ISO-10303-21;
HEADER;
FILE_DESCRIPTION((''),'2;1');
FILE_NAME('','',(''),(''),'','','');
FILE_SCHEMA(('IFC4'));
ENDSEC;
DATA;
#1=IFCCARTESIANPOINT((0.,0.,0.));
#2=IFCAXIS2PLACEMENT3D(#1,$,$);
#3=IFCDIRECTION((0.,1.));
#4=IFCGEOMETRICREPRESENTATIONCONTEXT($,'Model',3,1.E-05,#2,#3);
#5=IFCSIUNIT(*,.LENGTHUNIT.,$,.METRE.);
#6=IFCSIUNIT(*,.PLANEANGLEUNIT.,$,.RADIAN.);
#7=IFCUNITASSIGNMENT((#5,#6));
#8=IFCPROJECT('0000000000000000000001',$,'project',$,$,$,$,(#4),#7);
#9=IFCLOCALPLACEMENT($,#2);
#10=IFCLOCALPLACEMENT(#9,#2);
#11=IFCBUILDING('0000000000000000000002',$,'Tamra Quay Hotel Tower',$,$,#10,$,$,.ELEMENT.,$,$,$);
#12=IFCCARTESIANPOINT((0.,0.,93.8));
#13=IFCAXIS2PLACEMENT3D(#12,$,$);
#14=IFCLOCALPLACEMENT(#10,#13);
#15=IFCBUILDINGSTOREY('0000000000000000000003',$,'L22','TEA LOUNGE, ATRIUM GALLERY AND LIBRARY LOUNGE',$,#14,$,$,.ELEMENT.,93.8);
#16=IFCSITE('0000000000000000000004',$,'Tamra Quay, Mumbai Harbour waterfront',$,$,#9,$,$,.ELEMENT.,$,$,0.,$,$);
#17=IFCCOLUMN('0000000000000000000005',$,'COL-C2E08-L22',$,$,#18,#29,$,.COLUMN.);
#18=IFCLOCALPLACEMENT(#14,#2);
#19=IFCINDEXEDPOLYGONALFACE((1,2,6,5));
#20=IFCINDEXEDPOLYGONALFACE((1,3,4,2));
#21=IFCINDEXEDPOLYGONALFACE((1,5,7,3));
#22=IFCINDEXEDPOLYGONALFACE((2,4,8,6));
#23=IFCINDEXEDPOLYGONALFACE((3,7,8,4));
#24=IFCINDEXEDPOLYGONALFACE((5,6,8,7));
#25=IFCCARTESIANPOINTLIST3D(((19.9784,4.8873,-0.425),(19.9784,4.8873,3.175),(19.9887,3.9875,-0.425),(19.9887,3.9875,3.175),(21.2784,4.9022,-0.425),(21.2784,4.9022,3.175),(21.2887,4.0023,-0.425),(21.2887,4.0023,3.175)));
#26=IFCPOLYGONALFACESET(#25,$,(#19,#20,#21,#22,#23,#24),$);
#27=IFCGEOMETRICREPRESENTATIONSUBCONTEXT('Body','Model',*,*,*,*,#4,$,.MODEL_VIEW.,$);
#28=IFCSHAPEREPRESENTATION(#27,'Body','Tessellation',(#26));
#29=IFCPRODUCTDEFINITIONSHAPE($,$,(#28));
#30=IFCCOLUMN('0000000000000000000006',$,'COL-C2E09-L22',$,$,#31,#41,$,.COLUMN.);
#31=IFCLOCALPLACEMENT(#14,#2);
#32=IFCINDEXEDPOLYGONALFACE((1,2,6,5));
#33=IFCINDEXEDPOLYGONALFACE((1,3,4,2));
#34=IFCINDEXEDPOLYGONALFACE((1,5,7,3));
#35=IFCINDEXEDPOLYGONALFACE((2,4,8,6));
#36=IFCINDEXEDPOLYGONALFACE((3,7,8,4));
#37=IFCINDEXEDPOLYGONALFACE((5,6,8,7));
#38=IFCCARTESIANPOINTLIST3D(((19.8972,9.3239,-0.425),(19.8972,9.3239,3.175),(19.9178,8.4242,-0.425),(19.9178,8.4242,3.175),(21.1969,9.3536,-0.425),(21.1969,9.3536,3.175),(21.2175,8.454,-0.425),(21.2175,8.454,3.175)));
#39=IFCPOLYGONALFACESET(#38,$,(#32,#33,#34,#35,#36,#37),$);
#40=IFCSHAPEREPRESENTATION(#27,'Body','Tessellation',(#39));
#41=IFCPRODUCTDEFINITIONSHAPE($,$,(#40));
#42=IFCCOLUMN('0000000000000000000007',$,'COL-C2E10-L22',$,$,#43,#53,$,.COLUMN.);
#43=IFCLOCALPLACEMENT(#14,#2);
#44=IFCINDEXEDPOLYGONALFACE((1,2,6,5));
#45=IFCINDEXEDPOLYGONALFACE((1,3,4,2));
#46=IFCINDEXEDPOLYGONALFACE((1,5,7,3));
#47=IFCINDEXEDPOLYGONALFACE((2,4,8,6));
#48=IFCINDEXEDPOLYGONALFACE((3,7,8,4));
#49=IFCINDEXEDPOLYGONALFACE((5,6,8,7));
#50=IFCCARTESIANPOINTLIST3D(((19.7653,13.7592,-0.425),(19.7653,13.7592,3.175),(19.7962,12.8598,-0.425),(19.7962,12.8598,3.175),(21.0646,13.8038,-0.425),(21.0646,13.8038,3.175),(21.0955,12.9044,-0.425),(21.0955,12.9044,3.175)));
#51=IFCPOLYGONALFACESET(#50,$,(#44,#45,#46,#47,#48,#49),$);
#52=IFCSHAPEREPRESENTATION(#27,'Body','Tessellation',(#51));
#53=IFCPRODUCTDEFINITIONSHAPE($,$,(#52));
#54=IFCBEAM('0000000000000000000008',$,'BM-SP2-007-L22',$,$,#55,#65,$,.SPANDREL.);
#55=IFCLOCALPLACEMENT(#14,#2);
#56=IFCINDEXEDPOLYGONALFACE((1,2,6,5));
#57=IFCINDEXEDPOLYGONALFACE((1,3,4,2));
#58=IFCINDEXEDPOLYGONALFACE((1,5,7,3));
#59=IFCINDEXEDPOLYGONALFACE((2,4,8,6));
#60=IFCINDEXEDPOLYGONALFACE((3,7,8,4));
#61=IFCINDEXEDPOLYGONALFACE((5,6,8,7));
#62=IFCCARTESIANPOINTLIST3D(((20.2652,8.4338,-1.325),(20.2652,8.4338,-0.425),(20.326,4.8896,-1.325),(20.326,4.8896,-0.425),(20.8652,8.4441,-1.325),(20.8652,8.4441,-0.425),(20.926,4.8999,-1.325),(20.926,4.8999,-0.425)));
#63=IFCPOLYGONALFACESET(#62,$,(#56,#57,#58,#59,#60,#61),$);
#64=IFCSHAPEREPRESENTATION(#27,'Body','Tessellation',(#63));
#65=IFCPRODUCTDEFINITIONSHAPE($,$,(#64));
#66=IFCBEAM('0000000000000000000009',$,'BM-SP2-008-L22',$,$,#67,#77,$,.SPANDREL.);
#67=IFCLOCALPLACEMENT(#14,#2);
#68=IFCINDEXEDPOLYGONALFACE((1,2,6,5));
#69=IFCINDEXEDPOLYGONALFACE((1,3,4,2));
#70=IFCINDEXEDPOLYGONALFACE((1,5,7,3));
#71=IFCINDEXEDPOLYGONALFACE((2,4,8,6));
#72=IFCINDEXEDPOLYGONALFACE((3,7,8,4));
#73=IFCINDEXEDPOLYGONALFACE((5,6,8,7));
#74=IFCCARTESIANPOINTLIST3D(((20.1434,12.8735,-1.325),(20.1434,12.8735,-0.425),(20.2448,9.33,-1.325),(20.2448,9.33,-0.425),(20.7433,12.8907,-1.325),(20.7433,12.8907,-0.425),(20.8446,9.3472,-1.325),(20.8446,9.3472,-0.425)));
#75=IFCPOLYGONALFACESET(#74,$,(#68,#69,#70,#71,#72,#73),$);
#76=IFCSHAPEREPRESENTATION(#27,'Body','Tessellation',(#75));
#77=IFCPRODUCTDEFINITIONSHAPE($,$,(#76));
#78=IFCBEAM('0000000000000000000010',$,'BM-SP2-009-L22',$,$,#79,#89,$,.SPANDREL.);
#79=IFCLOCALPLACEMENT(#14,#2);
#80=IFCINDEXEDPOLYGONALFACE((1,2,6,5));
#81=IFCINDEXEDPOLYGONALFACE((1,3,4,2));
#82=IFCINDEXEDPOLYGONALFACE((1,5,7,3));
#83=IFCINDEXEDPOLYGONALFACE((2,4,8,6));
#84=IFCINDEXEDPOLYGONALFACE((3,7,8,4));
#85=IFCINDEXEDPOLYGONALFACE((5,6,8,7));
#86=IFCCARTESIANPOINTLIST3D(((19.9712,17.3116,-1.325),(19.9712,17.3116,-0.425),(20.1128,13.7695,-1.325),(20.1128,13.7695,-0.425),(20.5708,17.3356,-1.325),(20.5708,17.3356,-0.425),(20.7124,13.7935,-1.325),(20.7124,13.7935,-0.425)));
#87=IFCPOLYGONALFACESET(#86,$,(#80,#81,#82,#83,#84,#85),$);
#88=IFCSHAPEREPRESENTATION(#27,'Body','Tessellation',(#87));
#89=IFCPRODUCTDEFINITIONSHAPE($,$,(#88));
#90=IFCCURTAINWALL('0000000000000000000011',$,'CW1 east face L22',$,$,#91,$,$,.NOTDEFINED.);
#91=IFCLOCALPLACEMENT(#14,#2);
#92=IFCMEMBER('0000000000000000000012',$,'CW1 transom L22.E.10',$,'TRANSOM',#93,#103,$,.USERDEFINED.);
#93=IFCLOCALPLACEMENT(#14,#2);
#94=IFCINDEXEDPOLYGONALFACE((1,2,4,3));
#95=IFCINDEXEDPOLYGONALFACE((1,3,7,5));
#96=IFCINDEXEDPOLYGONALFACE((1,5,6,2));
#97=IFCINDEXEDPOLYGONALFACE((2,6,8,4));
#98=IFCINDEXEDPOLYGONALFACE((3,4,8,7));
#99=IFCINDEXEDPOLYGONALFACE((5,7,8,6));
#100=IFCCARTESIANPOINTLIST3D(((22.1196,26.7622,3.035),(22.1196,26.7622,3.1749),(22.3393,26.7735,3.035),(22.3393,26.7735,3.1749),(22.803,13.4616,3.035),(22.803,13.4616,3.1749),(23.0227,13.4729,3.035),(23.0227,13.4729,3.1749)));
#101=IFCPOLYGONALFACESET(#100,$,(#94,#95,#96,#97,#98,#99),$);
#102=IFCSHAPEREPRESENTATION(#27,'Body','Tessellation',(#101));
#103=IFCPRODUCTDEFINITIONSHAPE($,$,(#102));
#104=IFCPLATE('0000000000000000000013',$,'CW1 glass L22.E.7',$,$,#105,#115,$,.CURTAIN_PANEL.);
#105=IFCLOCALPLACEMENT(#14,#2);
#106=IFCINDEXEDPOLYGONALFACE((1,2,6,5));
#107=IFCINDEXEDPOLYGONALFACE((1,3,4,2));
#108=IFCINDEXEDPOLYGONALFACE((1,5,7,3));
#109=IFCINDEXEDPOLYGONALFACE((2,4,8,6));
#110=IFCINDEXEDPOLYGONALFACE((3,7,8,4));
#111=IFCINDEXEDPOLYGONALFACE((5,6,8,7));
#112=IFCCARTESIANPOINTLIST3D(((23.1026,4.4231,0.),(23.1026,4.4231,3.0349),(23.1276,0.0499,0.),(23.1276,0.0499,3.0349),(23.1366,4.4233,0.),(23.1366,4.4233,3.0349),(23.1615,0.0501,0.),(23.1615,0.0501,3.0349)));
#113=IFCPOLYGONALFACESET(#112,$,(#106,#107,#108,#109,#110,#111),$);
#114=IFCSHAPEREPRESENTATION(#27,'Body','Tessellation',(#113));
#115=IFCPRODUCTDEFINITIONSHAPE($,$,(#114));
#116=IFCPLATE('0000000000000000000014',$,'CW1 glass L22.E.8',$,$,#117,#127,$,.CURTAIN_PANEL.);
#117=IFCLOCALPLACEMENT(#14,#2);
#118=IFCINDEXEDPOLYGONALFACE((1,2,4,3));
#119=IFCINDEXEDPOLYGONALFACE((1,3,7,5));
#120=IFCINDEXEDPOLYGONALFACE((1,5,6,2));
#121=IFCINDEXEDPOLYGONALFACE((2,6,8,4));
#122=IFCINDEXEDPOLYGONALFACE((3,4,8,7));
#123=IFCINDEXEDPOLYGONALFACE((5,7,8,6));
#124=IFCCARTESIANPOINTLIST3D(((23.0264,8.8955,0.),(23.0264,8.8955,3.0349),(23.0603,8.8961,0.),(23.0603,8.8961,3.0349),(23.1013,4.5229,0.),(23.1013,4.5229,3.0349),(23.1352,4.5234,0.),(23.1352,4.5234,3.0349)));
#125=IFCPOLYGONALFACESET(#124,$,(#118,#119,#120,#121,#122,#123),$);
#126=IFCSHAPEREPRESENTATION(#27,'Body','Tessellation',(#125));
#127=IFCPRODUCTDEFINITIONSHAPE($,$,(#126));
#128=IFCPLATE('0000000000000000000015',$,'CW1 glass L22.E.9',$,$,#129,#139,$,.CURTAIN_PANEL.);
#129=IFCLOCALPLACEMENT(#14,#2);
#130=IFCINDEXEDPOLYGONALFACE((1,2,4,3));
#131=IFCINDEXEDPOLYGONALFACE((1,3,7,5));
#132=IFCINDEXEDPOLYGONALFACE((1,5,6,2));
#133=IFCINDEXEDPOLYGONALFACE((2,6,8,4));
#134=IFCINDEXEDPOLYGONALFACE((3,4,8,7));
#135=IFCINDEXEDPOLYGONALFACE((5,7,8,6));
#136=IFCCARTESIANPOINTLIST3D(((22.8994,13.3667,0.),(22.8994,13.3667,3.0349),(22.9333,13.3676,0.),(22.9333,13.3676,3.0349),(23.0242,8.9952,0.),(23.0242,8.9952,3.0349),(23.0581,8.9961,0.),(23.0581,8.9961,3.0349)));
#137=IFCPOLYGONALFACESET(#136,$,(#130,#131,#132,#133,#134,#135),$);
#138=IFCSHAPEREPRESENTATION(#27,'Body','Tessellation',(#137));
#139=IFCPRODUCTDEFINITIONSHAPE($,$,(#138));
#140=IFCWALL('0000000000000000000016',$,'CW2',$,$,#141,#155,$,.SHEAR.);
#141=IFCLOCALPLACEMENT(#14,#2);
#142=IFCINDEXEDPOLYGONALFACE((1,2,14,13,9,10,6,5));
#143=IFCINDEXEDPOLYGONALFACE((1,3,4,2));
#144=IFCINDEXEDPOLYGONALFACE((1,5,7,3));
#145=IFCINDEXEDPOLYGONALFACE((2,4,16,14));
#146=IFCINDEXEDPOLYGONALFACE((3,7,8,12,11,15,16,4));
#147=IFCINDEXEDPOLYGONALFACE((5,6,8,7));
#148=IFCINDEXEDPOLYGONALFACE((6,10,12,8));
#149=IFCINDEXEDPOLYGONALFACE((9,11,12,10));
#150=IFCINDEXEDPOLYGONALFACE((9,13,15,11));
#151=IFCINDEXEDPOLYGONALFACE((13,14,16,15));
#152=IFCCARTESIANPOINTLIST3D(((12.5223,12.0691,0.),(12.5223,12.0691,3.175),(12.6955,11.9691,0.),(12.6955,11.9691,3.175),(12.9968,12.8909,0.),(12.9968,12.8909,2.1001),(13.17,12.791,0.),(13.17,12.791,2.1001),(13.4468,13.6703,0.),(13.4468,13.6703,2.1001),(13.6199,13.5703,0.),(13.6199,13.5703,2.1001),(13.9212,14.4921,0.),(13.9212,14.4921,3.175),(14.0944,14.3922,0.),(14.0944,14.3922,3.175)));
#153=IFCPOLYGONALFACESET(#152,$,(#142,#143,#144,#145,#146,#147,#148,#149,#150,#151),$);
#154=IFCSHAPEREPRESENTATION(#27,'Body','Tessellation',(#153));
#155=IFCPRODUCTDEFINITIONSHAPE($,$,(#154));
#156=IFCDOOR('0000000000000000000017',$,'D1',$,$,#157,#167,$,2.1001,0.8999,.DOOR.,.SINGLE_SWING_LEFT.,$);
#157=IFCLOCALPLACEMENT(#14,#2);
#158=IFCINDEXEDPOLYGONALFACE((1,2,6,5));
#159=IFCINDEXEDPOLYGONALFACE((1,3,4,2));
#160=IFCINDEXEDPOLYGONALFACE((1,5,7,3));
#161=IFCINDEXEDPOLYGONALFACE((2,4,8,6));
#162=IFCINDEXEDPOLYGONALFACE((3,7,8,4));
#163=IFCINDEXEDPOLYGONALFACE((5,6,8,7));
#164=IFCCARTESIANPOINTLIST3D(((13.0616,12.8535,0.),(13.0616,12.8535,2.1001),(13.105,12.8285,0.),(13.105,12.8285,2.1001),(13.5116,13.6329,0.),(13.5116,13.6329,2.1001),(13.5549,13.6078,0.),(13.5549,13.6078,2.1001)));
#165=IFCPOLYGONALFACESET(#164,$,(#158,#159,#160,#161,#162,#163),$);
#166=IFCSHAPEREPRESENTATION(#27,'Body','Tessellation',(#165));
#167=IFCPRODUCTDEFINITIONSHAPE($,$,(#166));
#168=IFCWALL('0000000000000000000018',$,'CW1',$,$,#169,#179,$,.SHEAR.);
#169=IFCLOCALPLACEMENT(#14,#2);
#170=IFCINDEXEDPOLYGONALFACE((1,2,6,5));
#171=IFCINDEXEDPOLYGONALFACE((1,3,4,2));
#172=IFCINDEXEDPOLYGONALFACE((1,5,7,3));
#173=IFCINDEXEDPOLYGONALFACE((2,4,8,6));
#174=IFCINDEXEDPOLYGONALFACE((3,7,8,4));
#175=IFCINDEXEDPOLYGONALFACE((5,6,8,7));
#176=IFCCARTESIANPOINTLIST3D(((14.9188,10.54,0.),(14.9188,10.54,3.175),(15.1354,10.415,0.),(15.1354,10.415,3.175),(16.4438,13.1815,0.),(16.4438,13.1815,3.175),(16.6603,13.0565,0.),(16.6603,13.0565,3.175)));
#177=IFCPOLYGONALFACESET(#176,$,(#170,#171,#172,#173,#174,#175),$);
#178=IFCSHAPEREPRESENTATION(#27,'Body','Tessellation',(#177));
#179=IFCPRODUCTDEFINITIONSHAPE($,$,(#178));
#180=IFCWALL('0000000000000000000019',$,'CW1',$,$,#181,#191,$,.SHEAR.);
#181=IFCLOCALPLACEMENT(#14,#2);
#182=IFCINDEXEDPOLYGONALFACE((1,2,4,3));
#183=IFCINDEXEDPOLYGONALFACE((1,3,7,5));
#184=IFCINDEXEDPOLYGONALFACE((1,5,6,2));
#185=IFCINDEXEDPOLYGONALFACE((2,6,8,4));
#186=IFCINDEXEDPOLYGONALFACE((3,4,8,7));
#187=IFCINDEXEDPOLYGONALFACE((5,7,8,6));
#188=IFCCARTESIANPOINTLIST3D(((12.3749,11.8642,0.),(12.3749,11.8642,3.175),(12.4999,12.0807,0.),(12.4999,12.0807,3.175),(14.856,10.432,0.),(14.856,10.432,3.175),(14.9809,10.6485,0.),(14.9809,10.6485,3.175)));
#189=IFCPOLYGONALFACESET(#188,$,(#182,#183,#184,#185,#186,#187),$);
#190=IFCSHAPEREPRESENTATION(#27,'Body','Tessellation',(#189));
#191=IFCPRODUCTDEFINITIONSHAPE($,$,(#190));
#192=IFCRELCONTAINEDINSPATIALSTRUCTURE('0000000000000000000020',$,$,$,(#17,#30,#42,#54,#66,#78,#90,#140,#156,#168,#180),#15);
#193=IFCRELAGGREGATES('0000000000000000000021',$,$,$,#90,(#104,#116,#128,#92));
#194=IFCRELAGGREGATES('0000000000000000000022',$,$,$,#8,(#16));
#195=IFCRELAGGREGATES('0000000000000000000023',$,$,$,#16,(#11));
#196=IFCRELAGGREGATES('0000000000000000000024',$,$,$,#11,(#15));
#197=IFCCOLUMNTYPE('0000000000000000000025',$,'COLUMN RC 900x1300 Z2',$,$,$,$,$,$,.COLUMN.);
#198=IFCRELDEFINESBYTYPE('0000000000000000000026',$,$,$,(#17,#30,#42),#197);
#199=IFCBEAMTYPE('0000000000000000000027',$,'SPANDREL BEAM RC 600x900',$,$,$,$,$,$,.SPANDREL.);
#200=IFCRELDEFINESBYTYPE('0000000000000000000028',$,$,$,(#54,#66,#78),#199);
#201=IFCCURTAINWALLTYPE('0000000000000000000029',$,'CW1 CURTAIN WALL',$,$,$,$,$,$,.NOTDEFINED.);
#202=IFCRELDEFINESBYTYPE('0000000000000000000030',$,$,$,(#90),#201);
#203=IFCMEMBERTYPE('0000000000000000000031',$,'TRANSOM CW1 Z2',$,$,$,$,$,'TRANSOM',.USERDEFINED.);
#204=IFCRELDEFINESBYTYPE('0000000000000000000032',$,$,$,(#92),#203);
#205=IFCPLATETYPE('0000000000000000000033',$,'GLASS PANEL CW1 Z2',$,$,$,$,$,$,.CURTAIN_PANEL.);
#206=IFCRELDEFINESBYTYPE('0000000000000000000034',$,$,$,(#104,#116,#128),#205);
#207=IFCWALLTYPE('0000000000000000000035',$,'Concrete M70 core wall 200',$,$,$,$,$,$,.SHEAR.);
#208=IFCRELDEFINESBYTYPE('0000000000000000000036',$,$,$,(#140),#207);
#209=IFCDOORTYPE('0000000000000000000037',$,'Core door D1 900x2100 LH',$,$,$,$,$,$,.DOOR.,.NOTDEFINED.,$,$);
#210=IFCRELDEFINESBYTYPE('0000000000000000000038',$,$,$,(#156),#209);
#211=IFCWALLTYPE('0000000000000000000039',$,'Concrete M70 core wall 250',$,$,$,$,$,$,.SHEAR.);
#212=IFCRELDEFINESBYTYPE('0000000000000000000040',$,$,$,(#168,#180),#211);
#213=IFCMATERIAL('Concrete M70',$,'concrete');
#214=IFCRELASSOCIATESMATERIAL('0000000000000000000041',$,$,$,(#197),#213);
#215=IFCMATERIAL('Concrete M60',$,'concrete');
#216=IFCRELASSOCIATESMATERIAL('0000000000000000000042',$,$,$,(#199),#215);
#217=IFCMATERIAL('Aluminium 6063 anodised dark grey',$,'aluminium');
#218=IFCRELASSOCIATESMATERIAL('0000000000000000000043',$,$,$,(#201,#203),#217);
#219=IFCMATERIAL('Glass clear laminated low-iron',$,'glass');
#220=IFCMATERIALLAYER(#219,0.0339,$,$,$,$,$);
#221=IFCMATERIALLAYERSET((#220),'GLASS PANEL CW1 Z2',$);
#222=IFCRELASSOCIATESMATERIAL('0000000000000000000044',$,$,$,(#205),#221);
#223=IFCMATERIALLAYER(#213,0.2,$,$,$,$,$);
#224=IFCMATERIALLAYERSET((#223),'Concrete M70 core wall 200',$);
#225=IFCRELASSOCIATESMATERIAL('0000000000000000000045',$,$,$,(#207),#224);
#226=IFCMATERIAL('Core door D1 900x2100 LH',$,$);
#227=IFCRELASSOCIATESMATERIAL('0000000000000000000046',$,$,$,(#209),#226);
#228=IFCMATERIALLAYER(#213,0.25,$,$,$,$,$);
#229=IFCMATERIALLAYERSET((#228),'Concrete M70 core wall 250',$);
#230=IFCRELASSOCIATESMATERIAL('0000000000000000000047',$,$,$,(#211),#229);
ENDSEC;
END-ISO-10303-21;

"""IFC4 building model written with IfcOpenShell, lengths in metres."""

from ifc_helpers import new_model, si_unit, direction, frame, frame_2d, origin, origin_2d, place, context, subcontext, project, spatial, rectangle, extrude, material, layer, layer_set, material_profile, profile_set, type_object, element, fill, aggregate, save


model = new_model("IFC4")

# Units and contexts
model_context = context("Model", 3, precision=1e-05, world=origin(), true_north=direction((0.0, 1.0)))
body_context = subcontext(model_context, "Body", "Model", "MODEL_VIEW")
ifc_project = project(units=[si_unit("LENGTHUNIT", "METRE"), si_unit("PLANEANGLEUNIT", "RADIAN")], contexts=[model_context])

# Site, building, storey
site_placement = place(None, origin())
site = spatial("IfcSite", under=ifc_project, at=site_placement, Name="Tamra Quay, Mumbai Harbour waterfront", CompositionType="ELEMENT", RefElevation=0.0)
building_placement = place(site_placement, origin())
building = spatial("IfcBuilding", under=site, at=building_placement, Name="Tamra Quay Hotel Tower", CompositionType="ELEMENT")
storey_placement = place(building_placement, frame((0.0, 0.0, 93.8)))
storey = spatial("IfcBuildingStorey", under=building, at=storey_placement, Name="L22", Description="TEA LOUNGE, ATRIUM GALLERY AND LIBRARY LOUNGE", CompositionType="ELEMENT", Elevation=93.8)

# Columns
ifc_material_1 = material(Name="Concrete M70", Category="concrete")
ifc_material_profile_1 = material_profile(ifc_material_1, rectangle(XDim=1.3, YDim=0.8999, at=origin_2d()), Name="COLUMN RC 900x1300 Z2")
ifc_profile_set_1 = profile_set([ifc_material_profile_1], Name="Concrete M70")
column_type = type_object("IfcColumnType", Name="COLUMN RC 900x1300 Z2", PredefinedType="COLUMN", material=ifc_profile_set_1)
for number, where, z_axis, x_axis, name in (
    (1, (20.6335, 4.4448, -0.425), (0.0, 0.0, 1.0), (0.999935, 0.011439, 0.0), "COL-C2E08-L22"),
    (2, (20.5574, 8.8889, -0.425), (0.0, 0.0, 1.0), (0.999738, 0.022874, 0.0), "COL-C2E09-L22"),
    (3, (20.4304, 13.3318, -0.425), (0.0, 0.0, 1.0), (0.999412, 0.034299, 0.0), "COL-C2E10-L22"),
):
    element("IfcColumn", number, at=place(storey_placement, frame(where, z_axis=z_axis, x_axis=x_axis)), inside=storey, type_object=column_type, Name=name, PredefinedType="COLUMN", context=body_context, shape_type="SweptSolid", body=[
        extrude(rectangle(XDim=1.3, YDim=0.8999, at=origin_2d()), origin(), (0.0, 0.0, 1.0), 3.6001),
    ])

# Beams
ifc_material_2 = material(Name="Concrete M60", Category="concrete")
ifc_material_profile_2 = material_profile(ifc_material_2, rectangle(XDim=0.6001, YDim=0.8999, at=origin_2d()), Name="SPANDREL BEAM RC 600x900")
ifc_profile_set_2 = profile_set([ifc_material_profile_2], Name="Concrete M60")
beam_type = type_object("IfcBeamType", Name="SPANDREL BEAM RC 600x900", PredefinedType="SPANDREL", material=ifc_profile_set_2)
beam_placement = place(storey_placement, frame((20.626, 4.8948, -0.875), z_axis=(-0.01715, 0.999853, 0.0), x_axis=(-0.999853, -0.01715, 0.0)))
element("IfcBeam", 4, at=beam_placement, inside=storey, type_object=beam_type, Name="BM-SP2-007-L22", PredefinedType="SPANDREL", context=body_context, shape_type="SweptSolid", body=[
    extrude(rectangle(XDim=0.6001, YDim=0.8999, at=origin_2d()), origin(), (0.0, 0.0, 1.0), 3.5447),
])
for number, where, z_axis, x_axis, name in (
    (5, (20.5447, 9.3386, -0.875), (-0.028581, 0.999591, 0.0), (-0.999591, -0.028581, 0.0), "BM-SP2-008-L22"),
    (6, (20.4126, 13.7815, -0.875), (-0.039946, 0.999202, 0.0), (-0.999202, -0.039946, 0.0), "BM-SP2-009-L22"),
):
    element("IfcBeam", number, at=place(storey_placement, frame(where, z_axis=z_axis, x_axis=x_axis)), inside=storey, type_object=beam_type, Name=name, PredefinedType="SPANDREL", context=body_context, shape_type="SweptSolid", body=[
        extrude(rectangle(XDim=0.6001, YDim=0.8999, at=origin_2d()), origin(), (0.0, 0.0, 1.0), 3.5449),
    ])

# Curtain wall, member, plates
ifc_material_3 = material(Name="Aluminium 6063 anodised dark grey", Category="aluminium")
curtain_wall_type = type_object("IfcCurtainWallType", Name="CW1 CURTAIN WALL", PredefinedType="NOTDEFINED", material=ifc_material_3)
curtain_wall_placement = place(storey_placement, origin())
curtain_wall = element("IfcCurtainWall", 7, at=curtain_wall_placement, inside=storey, type_object=curtain_wall_type, Name="CW1 east face L22", PredefinedType="NOTDEFINED")
ifc_material_profile_3 = material_profile(ifc_material_3, rectangle(XDim=0.22, YDim=0.1399, at=origin_2d()), Name="TRANSOM 220X140")
ifc_profile_set_3 = profile_set([ifc_material_profile_3], Name="Aluminium 6063 anodised dark grey")
member_type = type_object("IfcMemberType", Name="TRANSOM CW1 Z2", ElementType="TRANSOM", PredefinedType="USERDEFINED", material=ifc_profile_set_3)
member_placement = place(storey_placement, frame((22.9128, 13.4673, 3.105), z_axis=(-0.05131, 0.998683, 0.0), x_axis=(-0.998683, -0.05131, 0.0)))
member = element("IfcMember", 8, at=member_placement, type_object=member_type, Name="CW1 transom L22.E.10", ObjectType="TRANSOM", PredefinedType="USERDEFINED", context=body_context, shape_type="SweptSolid", body=[
    extrude(rectangle(XDim=0.22, YDim=0.1399, at=origin_2d()), origin(), (0.0, 0.0, 1.0), 13.3181),
])
ifc_material_4 = material(Name="Glass clear laminated low-iron", Category="glass")
ifc_layer_1 = layer(ifc_material_4, 0.0339)
ifc_layer_set_1 = layer_set([ifc_layer_1], Name="GLASS PANEL CW1 Z2")
plate_type = type_object("IfcPlateType", Name="GLASS PANEL CW1 Z2", PredefinedType="CURTAIN_PANEL", material=ifc_layer_set_1)
plate_1_placement = place(storey_placement, frame((23.1321, 2.2366, 0.0), z_axis=(0.0, 0.0, 1.0), x_axis=(-0.005713, 0.999984, 0.0)))
plate_1 = element("IfcPlate", 9, at=plate_1_placement, type_object=plate_type, Name="CW1 glass L22.E.7", PredefinedType="CURTAIN_PANEL", context=body_context, shape_type="SweptSolid", body=[
    extrude(rectangle(XDim=4.3733, YDim=0.0339, at=origin_2d()), origin(), (0.0, 0.0, 1.0), 3.0349),
])
plate_2_placement = place(storey_placement, frame((23.0808, 6.7095, 0.0), z_axis=(0.0, 0.0, 1.0), x_axis=(-0.017134, 0.999853, 0.0)))
plate_2 = element("IfcPlate", 10, at=plate_2_placement, type_object=plate_type, Name="CW1 glass L22.E.8", PredefinedType="CURTAIN_PANEL", context=body_context, shape_type="SweptSolid", body=[
    extrude(rectangle(XDim=4.3733, YDim=0.0339, at=origin_2d()), origin(), (0.0, 0.0, 1.0), 3.0349),
])
plate_3_placement = place(storey_placement, frame((22.9788, 11.1814, 0.0), z_axis=(0.0, 0.0, 1.0), x_axis=(-0.028546, 0.999592, 0.0)))
plate_3 = element("IfcPlate", 11, at=plate_3_placement, type_object=plate_type, Name="CW1 glass L22.E.9", PredefinedType="CURTAIN_PANEL", context=body_context, shape_type="SweptSolid", body=[
    extrude(rectangle(XDim=4.3733, YDim=0.0339, at=origin_2d()), origin(), (0.0, 0.0, 1.0), 3.0349),
])
aggregate(curtain_wall, [plate_1, plate_2, plate_3, member])

# Wall, opening, door
ifc_layer_2 = layer(ifc_material_1, 0.2)
ifc_layer_set_2 = layer_set([ifc_layer_2], Name="Concrete M70 core wall 200")
wall_type_1 = type_object("IfcWallType", Name="Concrete M70 core wall 200", PredefinedType="SHEAR", material=ifc_layer_set_2)
wall_1_placement = place(storey_placement, frame((14.0078, 14.4421, 0.0), z_axis=(0.0, 0.0, 1.0), x_axis=(-0.499987, -0.866033, 0.0)))
wall_1 = element("IfcWall", 12, at=wall_1_placement, inside=storey, type_object=wall_type_1, Name="CW2", PredefinedType="SHEAR", context=body_context, shape_type="SweptSolid", body=[
    extrude(rectangle(XDim=2.7979, YDim=0.2, at=frame_2d((1.3989, 0.0))), origin(), (0.0, 0.0, 1.0), 3.175),
])
opening_placement = place(wall_1_placement, frame((0.949, 0.0, 0.0)))
opening = element("IfcOpeningElement", 13, at=opening_placement, cuts=wall_1, PredefinedType="OPENING", context=body_context, shape_type="SweptSolid", body=[
    extrude(rectangle(XDim=0.8999, YDim=2.1001, at=frame_2d((0.45, 1.05))), frame((0.0, 0.1099, 0.0), z_axis=(0.0, -1.0, 0.0), x_axis=(1.0, 0.0, 0.0)), (0.0, 0.0, 1.0), 0.22),
])
ifc_material_5 = material(Name="Core door D1 900x2100 LH")
door_type = type_object("IfcDoorType", Name="Core door D1 900x2100 LH", OperationType="NOTDEFINED", PredefinedType="DOOR", material=ifc_material_5)
door_placement = place(opening_placement, origin())
door = element("IfcDoor", 14, at=door_placement, inside=storey, type_object=door_type, Name="D1", OperationType="SINGLE_SWING_LEFT", OverallHeight=2.1001, OverallWidth=0.8999, PredefinedType="DOOR", context=body_context, shape_type="SweptSolid", body=[
    extrude(rectangle(XDim=0.8999, YDim=2.1001, at=frame_2d((0.45, 1.05))), frame((0.0, 0.0249, 0.0), z_axis=(0.0, -1.0, 0.0), x_axis=(1.0, 0.0, 0.0)), (0.0, 0.0, 1.0), 0.05),
])
fill(opening, door)

# Walls
ifc_layer_3 = layer(ifc_material_1, 0.25)
ifc_layer_set_3 = layer_set([ifc_layer_3], Name="Concrete M70 core wall 250")
wall_type_2 = type_object("IfcWallType", Name="Concrete M70 core wall 250", PredefinedType="SHEAR", material=ifc_layer_set_3)
wall_2_placement = place(storey_placement, frame((16.552, 13.1189, 0.0), z_axis=(0.0, 0.0, 1.0), x_axis=(-0.499979, -0.866038, 0.0)))
element("IfcWall", 15, at=wall_2_placement, inside=storey, type_object=wall_type_2, Name="CW1", PredefinedType="SHEAR", context=body_context, shape_type="SweptSolid", body=[
    extrude(rectangle(XDim=3.05, YDim=0.25, at=frame_2d((1.5249, 0.0))), origin(), (0.0, 0.0, 1.0), 3.175),
])
wall_3_placement = place(storey_placement, frame((14.9185, 10.5403, 0.0), z_axis=(0.0, 0.0, 1.0), x_axis=(-0.866064, 0.499934, 0.0)))
element("IfcWall", 16, at=wall_3_placement, inside=storey, type_object=wall_type_2, Name="CW1", PredefinedType="SHEAR", context=body_context, shape_type="SweptSolid", body=[
    extrude(rectangle(XDim=2.8647, YDim=0.25, at=frame_2d((1.4324, 0.0))), origin(), (0.0, 0.0, 1.0), 3.175),
])

save(model, "model.ifc")
